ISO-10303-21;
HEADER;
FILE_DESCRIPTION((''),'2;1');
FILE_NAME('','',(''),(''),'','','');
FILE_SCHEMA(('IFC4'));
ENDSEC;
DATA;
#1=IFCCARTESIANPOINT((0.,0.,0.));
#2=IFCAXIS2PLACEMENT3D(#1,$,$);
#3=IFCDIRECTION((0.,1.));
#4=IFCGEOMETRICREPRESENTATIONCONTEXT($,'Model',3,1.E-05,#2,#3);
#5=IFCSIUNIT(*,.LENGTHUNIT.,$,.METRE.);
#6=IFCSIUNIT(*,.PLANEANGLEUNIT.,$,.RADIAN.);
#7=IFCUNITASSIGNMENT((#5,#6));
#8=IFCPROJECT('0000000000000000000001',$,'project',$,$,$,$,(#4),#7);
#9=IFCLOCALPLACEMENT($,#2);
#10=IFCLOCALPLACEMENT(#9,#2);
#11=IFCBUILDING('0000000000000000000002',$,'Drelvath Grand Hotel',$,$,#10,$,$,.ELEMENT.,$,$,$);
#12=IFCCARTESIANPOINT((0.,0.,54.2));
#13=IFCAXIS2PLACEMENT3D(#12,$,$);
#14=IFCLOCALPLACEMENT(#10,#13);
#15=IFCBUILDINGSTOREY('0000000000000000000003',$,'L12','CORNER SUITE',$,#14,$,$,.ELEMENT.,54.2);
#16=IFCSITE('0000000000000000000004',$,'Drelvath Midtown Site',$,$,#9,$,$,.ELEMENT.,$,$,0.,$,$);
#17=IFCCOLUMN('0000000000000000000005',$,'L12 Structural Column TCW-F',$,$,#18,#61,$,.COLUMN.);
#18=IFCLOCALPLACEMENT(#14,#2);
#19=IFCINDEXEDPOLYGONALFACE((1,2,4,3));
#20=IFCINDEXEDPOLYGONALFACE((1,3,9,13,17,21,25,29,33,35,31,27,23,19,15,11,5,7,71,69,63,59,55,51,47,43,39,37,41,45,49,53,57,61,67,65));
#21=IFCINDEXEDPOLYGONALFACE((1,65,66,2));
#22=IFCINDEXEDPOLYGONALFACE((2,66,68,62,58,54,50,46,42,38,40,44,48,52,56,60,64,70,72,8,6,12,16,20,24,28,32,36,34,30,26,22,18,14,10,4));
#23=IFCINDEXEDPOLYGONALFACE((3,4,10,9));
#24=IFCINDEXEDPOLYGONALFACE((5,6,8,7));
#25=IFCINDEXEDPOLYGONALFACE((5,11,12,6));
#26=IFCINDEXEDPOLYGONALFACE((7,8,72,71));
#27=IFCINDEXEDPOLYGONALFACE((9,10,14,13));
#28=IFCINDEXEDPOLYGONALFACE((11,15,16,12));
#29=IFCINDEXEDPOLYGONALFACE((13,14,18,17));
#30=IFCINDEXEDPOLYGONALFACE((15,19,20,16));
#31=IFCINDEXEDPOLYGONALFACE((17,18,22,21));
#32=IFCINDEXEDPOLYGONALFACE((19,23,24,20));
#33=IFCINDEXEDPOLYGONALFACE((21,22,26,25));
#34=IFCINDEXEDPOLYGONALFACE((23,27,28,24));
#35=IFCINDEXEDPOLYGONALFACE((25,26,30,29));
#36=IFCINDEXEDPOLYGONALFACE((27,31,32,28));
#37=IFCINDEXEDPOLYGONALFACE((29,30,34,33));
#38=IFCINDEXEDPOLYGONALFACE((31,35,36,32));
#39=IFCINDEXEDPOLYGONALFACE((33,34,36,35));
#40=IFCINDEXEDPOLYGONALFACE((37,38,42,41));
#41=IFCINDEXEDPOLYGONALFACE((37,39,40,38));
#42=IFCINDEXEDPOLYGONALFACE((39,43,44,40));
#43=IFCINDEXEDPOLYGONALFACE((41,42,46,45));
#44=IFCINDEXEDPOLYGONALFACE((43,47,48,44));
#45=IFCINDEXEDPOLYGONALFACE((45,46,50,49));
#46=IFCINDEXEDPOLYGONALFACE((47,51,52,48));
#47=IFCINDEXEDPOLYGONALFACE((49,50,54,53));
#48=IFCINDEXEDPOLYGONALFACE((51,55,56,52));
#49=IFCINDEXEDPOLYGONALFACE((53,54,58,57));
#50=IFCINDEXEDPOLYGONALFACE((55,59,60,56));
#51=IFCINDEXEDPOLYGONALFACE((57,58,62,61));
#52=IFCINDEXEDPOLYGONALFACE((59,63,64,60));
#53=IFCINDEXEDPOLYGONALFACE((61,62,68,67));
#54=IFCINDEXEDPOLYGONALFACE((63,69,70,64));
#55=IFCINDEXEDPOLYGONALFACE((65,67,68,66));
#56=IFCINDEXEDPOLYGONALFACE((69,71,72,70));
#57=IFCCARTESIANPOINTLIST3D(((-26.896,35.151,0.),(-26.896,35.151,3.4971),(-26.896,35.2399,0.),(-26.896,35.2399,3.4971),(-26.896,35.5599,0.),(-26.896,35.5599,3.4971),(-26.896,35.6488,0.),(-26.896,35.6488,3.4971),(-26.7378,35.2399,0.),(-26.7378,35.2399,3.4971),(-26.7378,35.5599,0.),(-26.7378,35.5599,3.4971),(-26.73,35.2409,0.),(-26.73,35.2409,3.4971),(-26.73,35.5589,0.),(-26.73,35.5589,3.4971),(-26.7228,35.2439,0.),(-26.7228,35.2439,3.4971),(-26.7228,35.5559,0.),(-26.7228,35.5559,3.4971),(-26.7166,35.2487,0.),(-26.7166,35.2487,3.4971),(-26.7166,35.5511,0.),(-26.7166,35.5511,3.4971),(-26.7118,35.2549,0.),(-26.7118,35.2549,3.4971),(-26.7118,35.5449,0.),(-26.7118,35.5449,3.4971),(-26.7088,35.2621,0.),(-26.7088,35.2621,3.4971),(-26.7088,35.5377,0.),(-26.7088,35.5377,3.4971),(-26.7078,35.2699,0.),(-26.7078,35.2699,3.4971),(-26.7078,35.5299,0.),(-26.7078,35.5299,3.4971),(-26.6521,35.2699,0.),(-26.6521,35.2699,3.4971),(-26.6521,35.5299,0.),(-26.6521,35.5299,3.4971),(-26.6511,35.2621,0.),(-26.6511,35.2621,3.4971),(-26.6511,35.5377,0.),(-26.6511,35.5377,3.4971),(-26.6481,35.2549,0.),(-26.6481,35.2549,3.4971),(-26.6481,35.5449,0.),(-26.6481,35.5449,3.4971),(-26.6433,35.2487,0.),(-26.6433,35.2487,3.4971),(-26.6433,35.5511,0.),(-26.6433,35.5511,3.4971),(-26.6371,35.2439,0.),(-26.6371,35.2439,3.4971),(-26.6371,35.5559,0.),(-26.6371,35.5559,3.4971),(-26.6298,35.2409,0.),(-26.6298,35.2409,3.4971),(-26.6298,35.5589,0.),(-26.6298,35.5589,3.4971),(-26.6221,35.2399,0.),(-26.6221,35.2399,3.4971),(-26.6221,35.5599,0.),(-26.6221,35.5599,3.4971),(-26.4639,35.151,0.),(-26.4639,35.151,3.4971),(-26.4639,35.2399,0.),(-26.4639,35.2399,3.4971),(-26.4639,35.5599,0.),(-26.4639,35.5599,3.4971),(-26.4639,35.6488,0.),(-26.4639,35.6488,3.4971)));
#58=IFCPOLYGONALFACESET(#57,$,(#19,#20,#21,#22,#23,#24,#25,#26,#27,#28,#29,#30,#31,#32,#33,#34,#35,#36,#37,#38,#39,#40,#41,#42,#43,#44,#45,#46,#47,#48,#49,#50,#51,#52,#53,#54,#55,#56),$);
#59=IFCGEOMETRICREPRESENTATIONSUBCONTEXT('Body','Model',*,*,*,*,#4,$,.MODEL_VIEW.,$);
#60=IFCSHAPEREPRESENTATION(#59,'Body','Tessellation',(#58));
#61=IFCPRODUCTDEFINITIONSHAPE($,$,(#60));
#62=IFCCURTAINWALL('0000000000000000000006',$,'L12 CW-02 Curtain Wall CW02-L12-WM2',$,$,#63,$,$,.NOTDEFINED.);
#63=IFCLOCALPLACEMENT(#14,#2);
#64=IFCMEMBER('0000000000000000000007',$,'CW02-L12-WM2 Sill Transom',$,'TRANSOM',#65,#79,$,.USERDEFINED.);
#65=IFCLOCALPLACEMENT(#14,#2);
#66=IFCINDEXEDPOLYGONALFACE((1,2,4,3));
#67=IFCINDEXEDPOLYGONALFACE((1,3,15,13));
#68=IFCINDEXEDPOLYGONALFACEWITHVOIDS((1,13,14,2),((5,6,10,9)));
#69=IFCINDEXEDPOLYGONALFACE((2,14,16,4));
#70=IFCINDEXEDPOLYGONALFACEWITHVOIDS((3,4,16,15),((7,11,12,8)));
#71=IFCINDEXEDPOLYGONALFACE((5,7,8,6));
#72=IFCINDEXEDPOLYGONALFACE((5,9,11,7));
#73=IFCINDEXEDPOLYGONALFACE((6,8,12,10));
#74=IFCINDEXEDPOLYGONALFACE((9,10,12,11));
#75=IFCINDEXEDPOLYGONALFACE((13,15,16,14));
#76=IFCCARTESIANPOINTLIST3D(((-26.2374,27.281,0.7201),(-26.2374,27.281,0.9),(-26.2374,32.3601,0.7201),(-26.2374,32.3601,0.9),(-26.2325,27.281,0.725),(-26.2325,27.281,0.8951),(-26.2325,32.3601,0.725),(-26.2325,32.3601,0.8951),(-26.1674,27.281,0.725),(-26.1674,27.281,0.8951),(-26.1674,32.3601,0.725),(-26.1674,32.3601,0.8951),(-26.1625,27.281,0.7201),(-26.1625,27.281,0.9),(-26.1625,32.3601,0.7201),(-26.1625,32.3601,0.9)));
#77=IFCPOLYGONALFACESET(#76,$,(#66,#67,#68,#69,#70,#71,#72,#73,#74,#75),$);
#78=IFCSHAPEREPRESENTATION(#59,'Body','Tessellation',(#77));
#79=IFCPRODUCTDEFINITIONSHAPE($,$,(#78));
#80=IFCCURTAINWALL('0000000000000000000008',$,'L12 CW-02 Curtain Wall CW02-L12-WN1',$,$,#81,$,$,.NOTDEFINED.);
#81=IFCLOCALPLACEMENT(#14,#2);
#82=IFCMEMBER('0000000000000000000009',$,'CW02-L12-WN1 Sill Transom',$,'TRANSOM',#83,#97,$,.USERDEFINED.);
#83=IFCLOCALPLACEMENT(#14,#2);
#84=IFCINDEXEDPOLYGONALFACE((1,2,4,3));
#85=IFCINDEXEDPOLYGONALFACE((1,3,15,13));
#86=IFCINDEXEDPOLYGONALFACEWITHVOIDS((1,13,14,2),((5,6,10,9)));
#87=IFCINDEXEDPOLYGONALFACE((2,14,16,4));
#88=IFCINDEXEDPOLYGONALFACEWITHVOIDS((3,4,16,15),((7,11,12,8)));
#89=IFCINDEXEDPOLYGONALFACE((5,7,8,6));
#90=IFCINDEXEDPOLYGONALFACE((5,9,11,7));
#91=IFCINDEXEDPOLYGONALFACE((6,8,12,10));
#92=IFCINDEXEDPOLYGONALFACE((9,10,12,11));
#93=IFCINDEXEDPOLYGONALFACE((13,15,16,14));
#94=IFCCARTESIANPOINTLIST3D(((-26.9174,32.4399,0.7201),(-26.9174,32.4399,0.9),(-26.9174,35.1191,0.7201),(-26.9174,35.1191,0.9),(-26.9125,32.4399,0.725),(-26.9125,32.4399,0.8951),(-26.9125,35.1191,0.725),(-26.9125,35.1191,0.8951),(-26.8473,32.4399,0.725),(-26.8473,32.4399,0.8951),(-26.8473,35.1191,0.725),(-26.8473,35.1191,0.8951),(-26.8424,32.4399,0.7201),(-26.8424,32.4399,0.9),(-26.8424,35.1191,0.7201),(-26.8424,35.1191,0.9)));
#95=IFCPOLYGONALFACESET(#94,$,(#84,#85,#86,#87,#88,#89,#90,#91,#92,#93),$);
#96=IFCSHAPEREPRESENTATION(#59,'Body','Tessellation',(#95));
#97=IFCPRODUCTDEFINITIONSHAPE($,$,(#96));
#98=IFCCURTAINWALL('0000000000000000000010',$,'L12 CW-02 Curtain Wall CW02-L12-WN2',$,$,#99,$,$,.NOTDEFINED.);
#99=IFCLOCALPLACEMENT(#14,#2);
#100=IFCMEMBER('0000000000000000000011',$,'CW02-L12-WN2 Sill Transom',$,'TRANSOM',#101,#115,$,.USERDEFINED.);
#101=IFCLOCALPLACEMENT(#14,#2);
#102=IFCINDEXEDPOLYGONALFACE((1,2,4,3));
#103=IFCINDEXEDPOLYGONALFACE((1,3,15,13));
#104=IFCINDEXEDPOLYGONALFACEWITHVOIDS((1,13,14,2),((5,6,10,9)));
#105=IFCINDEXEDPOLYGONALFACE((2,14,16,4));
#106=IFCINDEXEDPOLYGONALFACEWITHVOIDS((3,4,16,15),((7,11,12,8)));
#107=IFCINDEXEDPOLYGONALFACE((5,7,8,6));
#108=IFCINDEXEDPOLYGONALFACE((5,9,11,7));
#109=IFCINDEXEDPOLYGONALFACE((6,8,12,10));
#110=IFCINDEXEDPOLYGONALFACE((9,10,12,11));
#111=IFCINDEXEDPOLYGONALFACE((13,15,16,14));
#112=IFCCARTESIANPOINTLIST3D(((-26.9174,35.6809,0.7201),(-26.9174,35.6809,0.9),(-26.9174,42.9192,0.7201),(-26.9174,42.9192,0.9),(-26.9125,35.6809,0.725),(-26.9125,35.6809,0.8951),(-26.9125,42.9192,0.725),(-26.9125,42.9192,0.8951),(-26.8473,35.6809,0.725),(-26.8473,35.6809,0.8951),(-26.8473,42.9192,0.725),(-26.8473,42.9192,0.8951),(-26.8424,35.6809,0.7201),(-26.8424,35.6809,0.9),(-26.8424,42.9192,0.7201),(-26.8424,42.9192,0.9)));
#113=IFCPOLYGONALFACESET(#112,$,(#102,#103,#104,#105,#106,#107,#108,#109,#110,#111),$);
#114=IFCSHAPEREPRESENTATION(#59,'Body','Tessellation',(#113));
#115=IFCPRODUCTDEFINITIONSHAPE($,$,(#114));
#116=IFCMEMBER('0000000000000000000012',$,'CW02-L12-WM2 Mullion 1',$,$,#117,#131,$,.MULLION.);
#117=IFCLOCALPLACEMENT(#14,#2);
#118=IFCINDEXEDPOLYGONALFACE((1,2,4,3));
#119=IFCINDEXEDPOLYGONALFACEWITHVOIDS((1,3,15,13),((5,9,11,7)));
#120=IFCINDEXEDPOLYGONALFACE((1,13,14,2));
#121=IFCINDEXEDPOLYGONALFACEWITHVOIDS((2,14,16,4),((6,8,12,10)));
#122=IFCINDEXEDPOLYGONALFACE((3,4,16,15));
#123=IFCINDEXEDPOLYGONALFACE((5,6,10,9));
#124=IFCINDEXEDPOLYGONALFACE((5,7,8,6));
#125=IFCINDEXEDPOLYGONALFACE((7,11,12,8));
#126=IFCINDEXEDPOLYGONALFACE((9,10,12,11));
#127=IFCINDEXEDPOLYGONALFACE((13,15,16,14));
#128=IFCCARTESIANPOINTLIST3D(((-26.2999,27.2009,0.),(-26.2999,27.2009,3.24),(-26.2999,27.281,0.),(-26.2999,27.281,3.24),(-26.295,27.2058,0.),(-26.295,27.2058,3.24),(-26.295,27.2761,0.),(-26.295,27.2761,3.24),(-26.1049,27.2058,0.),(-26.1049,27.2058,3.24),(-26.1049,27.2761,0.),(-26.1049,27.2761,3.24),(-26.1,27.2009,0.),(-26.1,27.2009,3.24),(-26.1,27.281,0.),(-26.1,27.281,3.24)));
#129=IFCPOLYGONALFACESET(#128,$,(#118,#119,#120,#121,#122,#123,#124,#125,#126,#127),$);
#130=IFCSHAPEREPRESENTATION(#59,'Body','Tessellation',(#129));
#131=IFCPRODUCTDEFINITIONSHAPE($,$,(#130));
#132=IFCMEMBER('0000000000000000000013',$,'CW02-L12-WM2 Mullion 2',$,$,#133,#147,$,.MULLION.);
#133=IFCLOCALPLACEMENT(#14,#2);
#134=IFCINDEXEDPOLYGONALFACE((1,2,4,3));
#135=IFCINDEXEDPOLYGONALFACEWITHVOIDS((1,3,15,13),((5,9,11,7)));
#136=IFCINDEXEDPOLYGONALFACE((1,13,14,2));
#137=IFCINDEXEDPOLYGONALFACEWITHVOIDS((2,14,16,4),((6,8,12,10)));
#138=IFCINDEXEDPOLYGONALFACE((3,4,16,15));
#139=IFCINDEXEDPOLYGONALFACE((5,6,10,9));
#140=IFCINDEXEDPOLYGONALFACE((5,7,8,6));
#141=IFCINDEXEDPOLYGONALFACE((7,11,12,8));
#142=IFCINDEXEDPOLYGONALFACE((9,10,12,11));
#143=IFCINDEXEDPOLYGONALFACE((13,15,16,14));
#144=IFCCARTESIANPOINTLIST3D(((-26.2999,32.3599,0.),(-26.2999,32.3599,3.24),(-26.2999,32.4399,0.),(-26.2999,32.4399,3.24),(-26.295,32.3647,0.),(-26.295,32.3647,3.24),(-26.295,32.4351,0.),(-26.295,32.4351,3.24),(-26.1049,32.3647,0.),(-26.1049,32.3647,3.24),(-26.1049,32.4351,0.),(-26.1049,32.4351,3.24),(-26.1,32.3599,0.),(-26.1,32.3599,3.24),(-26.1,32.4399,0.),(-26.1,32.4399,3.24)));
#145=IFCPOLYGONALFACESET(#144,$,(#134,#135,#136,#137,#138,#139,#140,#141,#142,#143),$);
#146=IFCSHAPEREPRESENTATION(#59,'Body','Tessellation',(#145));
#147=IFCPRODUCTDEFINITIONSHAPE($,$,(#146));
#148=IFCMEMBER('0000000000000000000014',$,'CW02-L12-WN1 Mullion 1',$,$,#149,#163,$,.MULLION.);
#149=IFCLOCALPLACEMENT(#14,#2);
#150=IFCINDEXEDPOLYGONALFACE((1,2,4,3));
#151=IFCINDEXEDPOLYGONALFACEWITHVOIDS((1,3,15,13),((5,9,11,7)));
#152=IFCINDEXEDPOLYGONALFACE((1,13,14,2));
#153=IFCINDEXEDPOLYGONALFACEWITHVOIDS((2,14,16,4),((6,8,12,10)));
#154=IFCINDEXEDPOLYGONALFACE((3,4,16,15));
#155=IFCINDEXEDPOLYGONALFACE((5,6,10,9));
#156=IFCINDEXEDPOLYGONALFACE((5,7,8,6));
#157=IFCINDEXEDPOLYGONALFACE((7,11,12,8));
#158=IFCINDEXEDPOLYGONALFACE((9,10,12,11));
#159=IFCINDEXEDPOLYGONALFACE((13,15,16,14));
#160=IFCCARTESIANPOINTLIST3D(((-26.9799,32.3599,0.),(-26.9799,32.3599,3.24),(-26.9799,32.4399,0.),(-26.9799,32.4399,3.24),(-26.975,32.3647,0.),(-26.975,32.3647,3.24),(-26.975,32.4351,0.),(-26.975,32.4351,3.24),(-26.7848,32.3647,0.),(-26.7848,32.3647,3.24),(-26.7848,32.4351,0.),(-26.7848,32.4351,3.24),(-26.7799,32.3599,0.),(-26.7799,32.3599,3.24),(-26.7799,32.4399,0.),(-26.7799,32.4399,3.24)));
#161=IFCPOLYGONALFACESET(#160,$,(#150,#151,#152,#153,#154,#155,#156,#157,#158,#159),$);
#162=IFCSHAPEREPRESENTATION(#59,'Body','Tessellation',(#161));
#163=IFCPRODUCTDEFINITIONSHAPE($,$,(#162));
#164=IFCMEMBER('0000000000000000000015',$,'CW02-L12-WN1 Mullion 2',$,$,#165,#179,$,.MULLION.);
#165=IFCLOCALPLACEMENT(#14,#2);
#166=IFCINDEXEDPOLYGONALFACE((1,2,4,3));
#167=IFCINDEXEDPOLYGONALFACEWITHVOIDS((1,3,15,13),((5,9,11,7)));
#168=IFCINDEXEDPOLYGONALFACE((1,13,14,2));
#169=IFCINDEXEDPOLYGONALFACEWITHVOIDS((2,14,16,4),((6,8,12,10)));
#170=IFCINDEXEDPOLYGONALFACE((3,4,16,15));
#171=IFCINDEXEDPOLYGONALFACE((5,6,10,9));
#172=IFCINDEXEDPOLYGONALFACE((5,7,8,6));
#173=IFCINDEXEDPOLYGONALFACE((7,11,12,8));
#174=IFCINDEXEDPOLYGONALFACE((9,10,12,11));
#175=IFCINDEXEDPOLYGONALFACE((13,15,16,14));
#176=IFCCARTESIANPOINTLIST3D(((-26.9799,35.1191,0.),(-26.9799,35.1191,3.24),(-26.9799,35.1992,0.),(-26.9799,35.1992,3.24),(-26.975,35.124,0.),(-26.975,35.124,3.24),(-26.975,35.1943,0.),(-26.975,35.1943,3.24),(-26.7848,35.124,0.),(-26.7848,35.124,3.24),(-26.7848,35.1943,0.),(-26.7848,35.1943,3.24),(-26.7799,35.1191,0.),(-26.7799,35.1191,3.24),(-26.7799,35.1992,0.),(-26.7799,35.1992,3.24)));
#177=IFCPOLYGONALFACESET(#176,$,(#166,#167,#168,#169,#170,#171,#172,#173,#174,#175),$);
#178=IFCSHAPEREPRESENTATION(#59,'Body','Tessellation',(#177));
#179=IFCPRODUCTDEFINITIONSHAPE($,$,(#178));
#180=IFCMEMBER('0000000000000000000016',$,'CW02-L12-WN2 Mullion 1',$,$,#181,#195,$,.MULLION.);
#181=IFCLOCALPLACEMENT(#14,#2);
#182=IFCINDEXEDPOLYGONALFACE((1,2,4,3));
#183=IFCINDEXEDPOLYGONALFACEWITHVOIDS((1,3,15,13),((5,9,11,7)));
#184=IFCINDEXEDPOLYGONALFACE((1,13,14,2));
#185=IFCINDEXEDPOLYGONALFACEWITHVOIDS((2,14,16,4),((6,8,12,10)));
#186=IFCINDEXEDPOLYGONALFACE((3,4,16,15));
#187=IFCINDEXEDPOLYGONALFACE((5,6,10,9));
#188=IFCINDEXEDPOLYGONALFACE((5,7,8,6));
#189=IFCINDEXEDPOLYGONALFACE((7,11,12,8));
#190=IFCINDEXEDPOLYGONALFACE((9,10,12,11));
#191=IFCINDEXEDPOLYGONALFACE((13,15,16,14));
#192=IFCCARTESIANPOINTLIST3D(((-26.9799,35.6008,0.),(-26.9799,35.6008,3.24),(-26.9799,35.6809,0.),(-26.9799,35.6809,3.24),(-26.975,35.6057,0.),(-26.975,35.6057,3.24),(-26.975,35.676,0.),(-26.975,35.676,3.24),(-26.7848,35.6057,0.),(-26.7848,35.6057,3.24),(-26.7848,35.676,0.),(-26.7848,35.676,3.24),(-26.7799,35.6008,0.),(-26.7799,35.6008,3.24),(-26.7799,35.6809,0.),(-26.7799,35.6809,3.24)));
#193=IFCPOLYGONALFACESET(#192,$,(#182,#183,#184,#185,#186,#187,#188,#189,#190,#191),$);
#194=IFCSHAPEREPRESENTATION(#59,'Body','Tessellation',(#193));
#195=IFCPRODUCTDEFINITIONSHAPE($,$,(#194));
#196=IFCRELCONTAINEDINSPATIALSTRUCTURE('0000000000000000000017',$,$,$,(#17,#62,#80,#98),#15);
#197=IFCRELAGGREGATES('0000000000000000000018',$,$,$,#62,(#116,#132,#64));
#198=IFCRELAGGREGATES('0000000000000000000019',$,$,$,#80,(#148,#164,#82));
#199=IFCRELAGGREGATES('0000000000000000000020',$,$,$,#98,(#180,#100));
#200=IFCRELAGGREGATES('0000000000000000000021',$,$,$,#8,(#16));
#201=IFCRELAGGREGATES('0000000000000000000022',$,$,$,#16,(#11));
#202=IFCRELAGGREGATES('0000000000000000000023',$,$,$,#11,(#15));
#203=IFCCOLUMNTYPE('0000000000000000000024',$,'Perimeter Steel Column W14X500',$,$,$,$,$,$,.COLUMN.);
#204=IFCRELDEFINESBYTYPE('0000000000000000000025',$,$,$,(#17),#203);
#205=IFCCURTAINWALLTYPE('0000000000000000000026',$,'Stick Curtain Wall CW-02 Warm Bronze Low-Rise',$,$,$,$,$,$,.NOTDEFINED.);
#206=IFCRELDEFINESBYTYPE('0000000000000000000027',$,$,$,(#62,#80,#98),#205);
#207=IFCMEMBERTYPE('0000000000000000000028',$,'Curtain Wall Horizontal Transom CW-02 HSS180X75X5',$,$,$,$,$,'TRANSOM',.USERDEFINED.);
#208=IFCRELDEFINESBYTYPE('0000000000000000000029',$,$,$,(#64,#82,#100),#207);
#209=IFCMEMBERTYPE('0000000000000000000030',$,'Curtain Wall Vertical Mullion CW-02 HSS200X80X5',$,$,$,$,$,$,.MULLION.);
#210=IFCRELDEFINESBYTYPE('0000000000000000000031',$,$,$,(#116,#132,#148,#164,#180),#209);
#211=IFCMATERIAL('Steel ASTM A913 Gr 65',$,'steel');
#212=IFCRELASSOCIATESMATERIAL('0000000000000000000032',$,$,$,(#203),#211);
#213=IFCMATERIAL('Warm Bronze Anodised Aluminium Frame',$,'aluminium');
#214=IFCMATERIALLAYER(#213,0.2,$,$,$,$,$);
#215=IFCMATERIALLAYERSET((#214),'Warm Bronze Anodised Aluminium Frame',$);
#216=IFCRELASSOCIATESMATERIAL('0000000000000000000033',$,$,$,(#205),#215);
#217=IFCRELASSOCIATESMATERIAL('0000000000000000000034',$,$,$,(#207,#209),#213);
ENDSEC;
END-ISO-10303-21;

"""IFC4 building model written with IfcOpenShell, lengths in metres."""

from ifc_helpers import new_model, si_unit, direction, frame, origin, origin_2d, place, context, subcontext, project, spatial, hollow_rectangle, i_section, extrude, material, layer, layer_set, material_profile, profile_set, type_object, element, aggregate, save


model = new_model("IFC4")

# Units and contexts
model_context = context("Model", 3, precision=1e-05, world=origin(), true_north=direction((0.0, 1.0)))
body_context = subcontext(model_context, "Body", "Model", "MODEL_VIEW")
ifc_project = project(units=[si_unit("LENGTHUNIT", "METRE"), si_unit("PLANEANGLEUNIT", "RADIAN")], contexts=[model_context])

# Site, building, storey
site_placement = place(None, origin())
site = spatial("IfcSite", under=ifc_project, at=site_placement, Name="Drelvath Midtown Site", CompositionType="ELEMENT", RefElevation=0.0)
building_placement = place(site_placement, origin())
building = spatial("IfcBuilding", under=site, at=building_placement, Name="Drelvath Grand Hotel", CompositionType="ELEMENT")
storey_placement = place(building_placement, frame((0.0, 0.0, 54.2)))
storey = spatial("IfcBuildingStorey", under=building, at=storey_placement, Name="L12", Description="CORNER SUITE", CompositionType="ELEMENT", Elevation=54.2)

# Column
ifc_material_1 = material(Name="Steel ASTM A913 Gr 65", Category="steel")
ifc_material_profile_1 = material_profile(ifc_material_1, i_section(OverallWidth=0.4321, OverallDepth=0.4978, WebThickness=0.0557, FlangeThickness=0.0889, FilletRadius=0.03, at=origin_2d()), Name="W14X500")
ifc_profile_set_1 = profile_set([ifc_material_profile_1], Name="Steel ASTM A913 Gr 65")
column_type = type_object("IfcColumnType", Name="Perimeter Steel Column W14X500", PredefinedType="COLUMN", material=ifc_profile_set_1)
column_placement = place(storey_placement, frame((-26.6799, 35.3999, 0.0), z_axis=(0.0, 0.0, 1.0), x_axis=(1.0, 0.0, 0.0)))
element("IfcColumn", 1, at=column_placement, inside=storey, type_object=column_type, Name="L12 Structural Column TCW-F", PredefinedType="COLUMN", context=body_context, shape_type="SweptSolid", body=[
    extrude(i_section(OverallWidth=0.4321, OverallDepth=0.4978, WebThickness=0.0557, FlangeThickness=0.0889, FilletRadius=0.03, at=origin_2d()), origin(), (0.0, 0.0, 1.0), 3.4971),
])

# Curtain walls, members
ifc_material_2 = material(Name="Warm Bronze Anodised Aluminium Frame", Category="aluminium")
ifc_layer_1 = layer(ifc_material_2, 0.2)
ifc_layer_set_1 = layer_set([ifc_layer_1], Name="Warm Bronze Anodised Aluminium Frame")
curtain_wall_type = type_object("IfcCurtainWallType", Name="Stick Curtain Wall CW-02 Warm Bronze Low-Rise", PredefinedType="NOTDEFINED", material=ifc_layer_set_1)
curtain_wall_1_placement = place(storey_placement, origin())
curtain_wall_1 = element("IfcCurtainWall", 2, at=curtain_wall_1_placement, inside=storey, type_object=curtain_wall_type, Name="L12 CW-02 Curtain Wall CW02-L12-WM2", PredefinedType="NOTDEFINED")
ifc_material_profile_2 = material_profile(ifc_material_2, hollow_rectangle(XDim=0.075, YDim=0.1799, WallThickness=0.0049, at=origin_2d()), Name="HSS180X75X5")
ifc_profile_set_2 = profile_set([ifc_material_profile_2], Name="Warm Bronze Anodised Aluminium Frame")
member_type_1 = type_object("IfcMemberType", Name="Curtain Wall Horizontal Transom CW-02 HSS180X75X5", ElementType="TRANSOM", PredefinedType="USERDEFINED", material=ifc_profile_set_2)
member_1_placement = place(storey_placement, frame((-26.2, 27.281, 0.8101), z_axis=(0.0, 1.0, 0.0), x_axis=(-1.0, 0.0, 0.0)))
member_1 = element("IfcMember", 3, at=member_1_placement, type_object=member_type_1, Name="CW02-L12-WM2 Sill Transom", ObjectType="TRANSOM", PredefinedType="USERDEFINED", context=body_context, shape_type="SweptSolid", body=[
    extrude(hollow_rectangle(XDim=0.075, YDim=0.1799, WallThickness=0.0049, at=origin_2d()), origin(), (0.0, 0.0, 1.0), 5.0791),
])
curtain_wall_2_placement = place(storey_placement, origin())
curtain_wall_2 = element("IfcCurtainWall", 4, at=curtain_wall_2_placement, inside=storey, type_object=curtain_wall_type, Name="L12 CW-02 Curtain Wall CW02-L12-WN1", PredefinedType="NOTDEFINED")
member_2_placement = place(storey_placement, frame((-26.8799, 32.4399, 0.8101), z_axis=(0.0, 1.0, 0.0), x_axis=(-1.0, 0.0, 0.0)))
member_2 = element("IfcMember", 5, at=member_2_placement, type_object=member_type_1, Name="CW02-L12-WN1 Sill Transom", ObjectType="TRANSOM", PredefinedType="USERDEFINED", context=body_context, shape_type="SweptSolid", body=[
    extrude(hollow_rectangle(XDim=0.075, YDim=0.1799, WallThickness=0.0049, at=origin_2d()), origin(), (0.0, 0.0, 1.0), 2.6792),
])
curtain_wall_3_placement = place(storey_placement, origin())
curtain_wall_3 = element("IfcCurtainWall", 6, at=curtain_wall_3_placement, inside=storey, type_object=curtain_wall_type, Name="L12 CW-02 Curtain Wall CW02-L12-WN2", PredefinedType="NOTDEFINED")
member_3_placement = place(storey_placement, frame((-26.8799, 35.6809, 0.8101), z_axis=(0.0, 1.0, 0.0), x_axis=(-1.0, 0.0, 0.0)))
member_3 = element("IfcMember", 7, at=member_3_placement, type_object=member_type_1, Name="CW02-L12-WN2 Sill Transom", ObjectType="TRANSOM", PredefinedType="USERDEFINED", context=body_context, shape_type="SweptSolid", body=[
    extrude(hollow_rectangle(XDim=0.075, YDim=0.1799, WallThickness=0.0049, at=origin_2d()), origin(), (0.0, 0.0, 1.0), 7.2383),
])

# Members
ifc_material_profile_3 = material_profile(ifc_material_2, hollow_rectangle(XDim=0.0801, YDim=0.2, WallThickness=0.0049, at=origin_2d()), Name="HSS200X80X5")
ifc_profile_set_3 = profile_set([ifc_material_profile_3], Name="Warm Bronze Anodised Aluminium Frame")
member_type_2 = type_object("IfcMemberType", Name="Curtain Wall Vertical Mullion CW-02 HSS200X80X5", PredefinedType="MULLION", material=ifc_profile_set_3)
member_4_placement = place(storey_placement, frame((-26.2, 27.241, 0.0), z_axis=(0.0, 0.0, 1.0), x_axis=(0.0, 1.0, 0.0)))
member_4 = element("IfcMember", 8, at=member_4_placement, type_object=member_type_2, Name="CW02-L12-WM2 Mullion 1", PredefinedType="MULLION", context=body_context, shape_type="SweptSolid", body=[
    extrude(hollow_rectangle(XDim=0.0801, YDim=0.2, WallThickness=0.0049, at=origin_2d()), origin(), (0.0, 0.0, 1.0), 3.24),
])
member_5_placement = place(storey_placement, frame((-26.2, 32.3999, 0.0), z_axis=(0.0, 0.0, 1.0), x_axis=(0.0, 1.0, 0.0)))
member_5 = element("IfcMember", 9, at=member_5_placement, type_object=member_type_2, Name="CW02-L12-WM2 Mullion 2", PredefinedType="MULLION", context=body_context, shape_type="SweptSolid", body=[
    extrude(hollow_rectangle(XDim=0.0801, YDim=0.2, WallThickness=0.0049, at=origin_2d()), origin(), (0.0, 0.0, 1.0), 3.24),
])
member_6_placement = place(storey_placement, frame((-26.8799, 32.3999, 0.0), z_axis=(0.0, 0.0, 1.0), x_axis=(0.0, 1.0, 0.0)))
member_6 = element("IfcMember", 10, at=member_6_placement, type_object=member_type_2, Name="CW02-L12-WN1 Mullion 1", PredefinedType="MULLION", context=body_context, shape_type="SweptSolid", body=[
    extrude(hollow_rectangle(XDim=0.0801, YDim=0.2, WallThickness=0.0049, at=origin_2d()), origin(), (0.0, 0.0, 1.0), 3.24),
])
member_7_placement = place(storey_placement, frame((-26.8799, 35.1592, 0.0), z_axis=(0.0, 0.0, 1.0), x_axis=(0.0, 1.0, 0.0)))
member_7 = element("IfcMember", 11, at=member_7_placement, type_object=member_type_2, Name="CW02-L12-WN1 Mullion 2", PredefinedType="MULLION", context=body_context, shape_type="SweptSolid", body=[
    extrude(hollow_rectangle(XDim=0.0801, YDim=0.2, WallThickness=0.0049, at=origin_2d()), origin(), (0.0, 0.0, 1.0), 3.24),
])
member_8_placement = place(storey_placement, frame((-26.8799, 35.6409, 0.0), z_axis=(0.0, 0.0, 1.0), x_axis=(0.0, 1.0, 0.0)))
member_8 = element("IfcMember", 12, at=member_8_placement, type_object=member_type_2, Name="CW02-L12-WN2 Mullion 1", PredefinedType="MULLION", context=body_context, shape_type="SweptSolid", body=[
    extrude(hollow_rectangle(XDim=0.0801, YDim=0.2, WallThickness=0.0049, at=origin_2d()), origin(), (0.0, 0.0, 1.0), 3.24),
])

aggregate(curtain_wall_1, [member_4, member_5, member_1])
aggregate(curtain_wall_2, [member_6, member_7, member_2])
aggregate(curtain_wall_3, [member_8, member_3])

save(model, "model.ifc")
